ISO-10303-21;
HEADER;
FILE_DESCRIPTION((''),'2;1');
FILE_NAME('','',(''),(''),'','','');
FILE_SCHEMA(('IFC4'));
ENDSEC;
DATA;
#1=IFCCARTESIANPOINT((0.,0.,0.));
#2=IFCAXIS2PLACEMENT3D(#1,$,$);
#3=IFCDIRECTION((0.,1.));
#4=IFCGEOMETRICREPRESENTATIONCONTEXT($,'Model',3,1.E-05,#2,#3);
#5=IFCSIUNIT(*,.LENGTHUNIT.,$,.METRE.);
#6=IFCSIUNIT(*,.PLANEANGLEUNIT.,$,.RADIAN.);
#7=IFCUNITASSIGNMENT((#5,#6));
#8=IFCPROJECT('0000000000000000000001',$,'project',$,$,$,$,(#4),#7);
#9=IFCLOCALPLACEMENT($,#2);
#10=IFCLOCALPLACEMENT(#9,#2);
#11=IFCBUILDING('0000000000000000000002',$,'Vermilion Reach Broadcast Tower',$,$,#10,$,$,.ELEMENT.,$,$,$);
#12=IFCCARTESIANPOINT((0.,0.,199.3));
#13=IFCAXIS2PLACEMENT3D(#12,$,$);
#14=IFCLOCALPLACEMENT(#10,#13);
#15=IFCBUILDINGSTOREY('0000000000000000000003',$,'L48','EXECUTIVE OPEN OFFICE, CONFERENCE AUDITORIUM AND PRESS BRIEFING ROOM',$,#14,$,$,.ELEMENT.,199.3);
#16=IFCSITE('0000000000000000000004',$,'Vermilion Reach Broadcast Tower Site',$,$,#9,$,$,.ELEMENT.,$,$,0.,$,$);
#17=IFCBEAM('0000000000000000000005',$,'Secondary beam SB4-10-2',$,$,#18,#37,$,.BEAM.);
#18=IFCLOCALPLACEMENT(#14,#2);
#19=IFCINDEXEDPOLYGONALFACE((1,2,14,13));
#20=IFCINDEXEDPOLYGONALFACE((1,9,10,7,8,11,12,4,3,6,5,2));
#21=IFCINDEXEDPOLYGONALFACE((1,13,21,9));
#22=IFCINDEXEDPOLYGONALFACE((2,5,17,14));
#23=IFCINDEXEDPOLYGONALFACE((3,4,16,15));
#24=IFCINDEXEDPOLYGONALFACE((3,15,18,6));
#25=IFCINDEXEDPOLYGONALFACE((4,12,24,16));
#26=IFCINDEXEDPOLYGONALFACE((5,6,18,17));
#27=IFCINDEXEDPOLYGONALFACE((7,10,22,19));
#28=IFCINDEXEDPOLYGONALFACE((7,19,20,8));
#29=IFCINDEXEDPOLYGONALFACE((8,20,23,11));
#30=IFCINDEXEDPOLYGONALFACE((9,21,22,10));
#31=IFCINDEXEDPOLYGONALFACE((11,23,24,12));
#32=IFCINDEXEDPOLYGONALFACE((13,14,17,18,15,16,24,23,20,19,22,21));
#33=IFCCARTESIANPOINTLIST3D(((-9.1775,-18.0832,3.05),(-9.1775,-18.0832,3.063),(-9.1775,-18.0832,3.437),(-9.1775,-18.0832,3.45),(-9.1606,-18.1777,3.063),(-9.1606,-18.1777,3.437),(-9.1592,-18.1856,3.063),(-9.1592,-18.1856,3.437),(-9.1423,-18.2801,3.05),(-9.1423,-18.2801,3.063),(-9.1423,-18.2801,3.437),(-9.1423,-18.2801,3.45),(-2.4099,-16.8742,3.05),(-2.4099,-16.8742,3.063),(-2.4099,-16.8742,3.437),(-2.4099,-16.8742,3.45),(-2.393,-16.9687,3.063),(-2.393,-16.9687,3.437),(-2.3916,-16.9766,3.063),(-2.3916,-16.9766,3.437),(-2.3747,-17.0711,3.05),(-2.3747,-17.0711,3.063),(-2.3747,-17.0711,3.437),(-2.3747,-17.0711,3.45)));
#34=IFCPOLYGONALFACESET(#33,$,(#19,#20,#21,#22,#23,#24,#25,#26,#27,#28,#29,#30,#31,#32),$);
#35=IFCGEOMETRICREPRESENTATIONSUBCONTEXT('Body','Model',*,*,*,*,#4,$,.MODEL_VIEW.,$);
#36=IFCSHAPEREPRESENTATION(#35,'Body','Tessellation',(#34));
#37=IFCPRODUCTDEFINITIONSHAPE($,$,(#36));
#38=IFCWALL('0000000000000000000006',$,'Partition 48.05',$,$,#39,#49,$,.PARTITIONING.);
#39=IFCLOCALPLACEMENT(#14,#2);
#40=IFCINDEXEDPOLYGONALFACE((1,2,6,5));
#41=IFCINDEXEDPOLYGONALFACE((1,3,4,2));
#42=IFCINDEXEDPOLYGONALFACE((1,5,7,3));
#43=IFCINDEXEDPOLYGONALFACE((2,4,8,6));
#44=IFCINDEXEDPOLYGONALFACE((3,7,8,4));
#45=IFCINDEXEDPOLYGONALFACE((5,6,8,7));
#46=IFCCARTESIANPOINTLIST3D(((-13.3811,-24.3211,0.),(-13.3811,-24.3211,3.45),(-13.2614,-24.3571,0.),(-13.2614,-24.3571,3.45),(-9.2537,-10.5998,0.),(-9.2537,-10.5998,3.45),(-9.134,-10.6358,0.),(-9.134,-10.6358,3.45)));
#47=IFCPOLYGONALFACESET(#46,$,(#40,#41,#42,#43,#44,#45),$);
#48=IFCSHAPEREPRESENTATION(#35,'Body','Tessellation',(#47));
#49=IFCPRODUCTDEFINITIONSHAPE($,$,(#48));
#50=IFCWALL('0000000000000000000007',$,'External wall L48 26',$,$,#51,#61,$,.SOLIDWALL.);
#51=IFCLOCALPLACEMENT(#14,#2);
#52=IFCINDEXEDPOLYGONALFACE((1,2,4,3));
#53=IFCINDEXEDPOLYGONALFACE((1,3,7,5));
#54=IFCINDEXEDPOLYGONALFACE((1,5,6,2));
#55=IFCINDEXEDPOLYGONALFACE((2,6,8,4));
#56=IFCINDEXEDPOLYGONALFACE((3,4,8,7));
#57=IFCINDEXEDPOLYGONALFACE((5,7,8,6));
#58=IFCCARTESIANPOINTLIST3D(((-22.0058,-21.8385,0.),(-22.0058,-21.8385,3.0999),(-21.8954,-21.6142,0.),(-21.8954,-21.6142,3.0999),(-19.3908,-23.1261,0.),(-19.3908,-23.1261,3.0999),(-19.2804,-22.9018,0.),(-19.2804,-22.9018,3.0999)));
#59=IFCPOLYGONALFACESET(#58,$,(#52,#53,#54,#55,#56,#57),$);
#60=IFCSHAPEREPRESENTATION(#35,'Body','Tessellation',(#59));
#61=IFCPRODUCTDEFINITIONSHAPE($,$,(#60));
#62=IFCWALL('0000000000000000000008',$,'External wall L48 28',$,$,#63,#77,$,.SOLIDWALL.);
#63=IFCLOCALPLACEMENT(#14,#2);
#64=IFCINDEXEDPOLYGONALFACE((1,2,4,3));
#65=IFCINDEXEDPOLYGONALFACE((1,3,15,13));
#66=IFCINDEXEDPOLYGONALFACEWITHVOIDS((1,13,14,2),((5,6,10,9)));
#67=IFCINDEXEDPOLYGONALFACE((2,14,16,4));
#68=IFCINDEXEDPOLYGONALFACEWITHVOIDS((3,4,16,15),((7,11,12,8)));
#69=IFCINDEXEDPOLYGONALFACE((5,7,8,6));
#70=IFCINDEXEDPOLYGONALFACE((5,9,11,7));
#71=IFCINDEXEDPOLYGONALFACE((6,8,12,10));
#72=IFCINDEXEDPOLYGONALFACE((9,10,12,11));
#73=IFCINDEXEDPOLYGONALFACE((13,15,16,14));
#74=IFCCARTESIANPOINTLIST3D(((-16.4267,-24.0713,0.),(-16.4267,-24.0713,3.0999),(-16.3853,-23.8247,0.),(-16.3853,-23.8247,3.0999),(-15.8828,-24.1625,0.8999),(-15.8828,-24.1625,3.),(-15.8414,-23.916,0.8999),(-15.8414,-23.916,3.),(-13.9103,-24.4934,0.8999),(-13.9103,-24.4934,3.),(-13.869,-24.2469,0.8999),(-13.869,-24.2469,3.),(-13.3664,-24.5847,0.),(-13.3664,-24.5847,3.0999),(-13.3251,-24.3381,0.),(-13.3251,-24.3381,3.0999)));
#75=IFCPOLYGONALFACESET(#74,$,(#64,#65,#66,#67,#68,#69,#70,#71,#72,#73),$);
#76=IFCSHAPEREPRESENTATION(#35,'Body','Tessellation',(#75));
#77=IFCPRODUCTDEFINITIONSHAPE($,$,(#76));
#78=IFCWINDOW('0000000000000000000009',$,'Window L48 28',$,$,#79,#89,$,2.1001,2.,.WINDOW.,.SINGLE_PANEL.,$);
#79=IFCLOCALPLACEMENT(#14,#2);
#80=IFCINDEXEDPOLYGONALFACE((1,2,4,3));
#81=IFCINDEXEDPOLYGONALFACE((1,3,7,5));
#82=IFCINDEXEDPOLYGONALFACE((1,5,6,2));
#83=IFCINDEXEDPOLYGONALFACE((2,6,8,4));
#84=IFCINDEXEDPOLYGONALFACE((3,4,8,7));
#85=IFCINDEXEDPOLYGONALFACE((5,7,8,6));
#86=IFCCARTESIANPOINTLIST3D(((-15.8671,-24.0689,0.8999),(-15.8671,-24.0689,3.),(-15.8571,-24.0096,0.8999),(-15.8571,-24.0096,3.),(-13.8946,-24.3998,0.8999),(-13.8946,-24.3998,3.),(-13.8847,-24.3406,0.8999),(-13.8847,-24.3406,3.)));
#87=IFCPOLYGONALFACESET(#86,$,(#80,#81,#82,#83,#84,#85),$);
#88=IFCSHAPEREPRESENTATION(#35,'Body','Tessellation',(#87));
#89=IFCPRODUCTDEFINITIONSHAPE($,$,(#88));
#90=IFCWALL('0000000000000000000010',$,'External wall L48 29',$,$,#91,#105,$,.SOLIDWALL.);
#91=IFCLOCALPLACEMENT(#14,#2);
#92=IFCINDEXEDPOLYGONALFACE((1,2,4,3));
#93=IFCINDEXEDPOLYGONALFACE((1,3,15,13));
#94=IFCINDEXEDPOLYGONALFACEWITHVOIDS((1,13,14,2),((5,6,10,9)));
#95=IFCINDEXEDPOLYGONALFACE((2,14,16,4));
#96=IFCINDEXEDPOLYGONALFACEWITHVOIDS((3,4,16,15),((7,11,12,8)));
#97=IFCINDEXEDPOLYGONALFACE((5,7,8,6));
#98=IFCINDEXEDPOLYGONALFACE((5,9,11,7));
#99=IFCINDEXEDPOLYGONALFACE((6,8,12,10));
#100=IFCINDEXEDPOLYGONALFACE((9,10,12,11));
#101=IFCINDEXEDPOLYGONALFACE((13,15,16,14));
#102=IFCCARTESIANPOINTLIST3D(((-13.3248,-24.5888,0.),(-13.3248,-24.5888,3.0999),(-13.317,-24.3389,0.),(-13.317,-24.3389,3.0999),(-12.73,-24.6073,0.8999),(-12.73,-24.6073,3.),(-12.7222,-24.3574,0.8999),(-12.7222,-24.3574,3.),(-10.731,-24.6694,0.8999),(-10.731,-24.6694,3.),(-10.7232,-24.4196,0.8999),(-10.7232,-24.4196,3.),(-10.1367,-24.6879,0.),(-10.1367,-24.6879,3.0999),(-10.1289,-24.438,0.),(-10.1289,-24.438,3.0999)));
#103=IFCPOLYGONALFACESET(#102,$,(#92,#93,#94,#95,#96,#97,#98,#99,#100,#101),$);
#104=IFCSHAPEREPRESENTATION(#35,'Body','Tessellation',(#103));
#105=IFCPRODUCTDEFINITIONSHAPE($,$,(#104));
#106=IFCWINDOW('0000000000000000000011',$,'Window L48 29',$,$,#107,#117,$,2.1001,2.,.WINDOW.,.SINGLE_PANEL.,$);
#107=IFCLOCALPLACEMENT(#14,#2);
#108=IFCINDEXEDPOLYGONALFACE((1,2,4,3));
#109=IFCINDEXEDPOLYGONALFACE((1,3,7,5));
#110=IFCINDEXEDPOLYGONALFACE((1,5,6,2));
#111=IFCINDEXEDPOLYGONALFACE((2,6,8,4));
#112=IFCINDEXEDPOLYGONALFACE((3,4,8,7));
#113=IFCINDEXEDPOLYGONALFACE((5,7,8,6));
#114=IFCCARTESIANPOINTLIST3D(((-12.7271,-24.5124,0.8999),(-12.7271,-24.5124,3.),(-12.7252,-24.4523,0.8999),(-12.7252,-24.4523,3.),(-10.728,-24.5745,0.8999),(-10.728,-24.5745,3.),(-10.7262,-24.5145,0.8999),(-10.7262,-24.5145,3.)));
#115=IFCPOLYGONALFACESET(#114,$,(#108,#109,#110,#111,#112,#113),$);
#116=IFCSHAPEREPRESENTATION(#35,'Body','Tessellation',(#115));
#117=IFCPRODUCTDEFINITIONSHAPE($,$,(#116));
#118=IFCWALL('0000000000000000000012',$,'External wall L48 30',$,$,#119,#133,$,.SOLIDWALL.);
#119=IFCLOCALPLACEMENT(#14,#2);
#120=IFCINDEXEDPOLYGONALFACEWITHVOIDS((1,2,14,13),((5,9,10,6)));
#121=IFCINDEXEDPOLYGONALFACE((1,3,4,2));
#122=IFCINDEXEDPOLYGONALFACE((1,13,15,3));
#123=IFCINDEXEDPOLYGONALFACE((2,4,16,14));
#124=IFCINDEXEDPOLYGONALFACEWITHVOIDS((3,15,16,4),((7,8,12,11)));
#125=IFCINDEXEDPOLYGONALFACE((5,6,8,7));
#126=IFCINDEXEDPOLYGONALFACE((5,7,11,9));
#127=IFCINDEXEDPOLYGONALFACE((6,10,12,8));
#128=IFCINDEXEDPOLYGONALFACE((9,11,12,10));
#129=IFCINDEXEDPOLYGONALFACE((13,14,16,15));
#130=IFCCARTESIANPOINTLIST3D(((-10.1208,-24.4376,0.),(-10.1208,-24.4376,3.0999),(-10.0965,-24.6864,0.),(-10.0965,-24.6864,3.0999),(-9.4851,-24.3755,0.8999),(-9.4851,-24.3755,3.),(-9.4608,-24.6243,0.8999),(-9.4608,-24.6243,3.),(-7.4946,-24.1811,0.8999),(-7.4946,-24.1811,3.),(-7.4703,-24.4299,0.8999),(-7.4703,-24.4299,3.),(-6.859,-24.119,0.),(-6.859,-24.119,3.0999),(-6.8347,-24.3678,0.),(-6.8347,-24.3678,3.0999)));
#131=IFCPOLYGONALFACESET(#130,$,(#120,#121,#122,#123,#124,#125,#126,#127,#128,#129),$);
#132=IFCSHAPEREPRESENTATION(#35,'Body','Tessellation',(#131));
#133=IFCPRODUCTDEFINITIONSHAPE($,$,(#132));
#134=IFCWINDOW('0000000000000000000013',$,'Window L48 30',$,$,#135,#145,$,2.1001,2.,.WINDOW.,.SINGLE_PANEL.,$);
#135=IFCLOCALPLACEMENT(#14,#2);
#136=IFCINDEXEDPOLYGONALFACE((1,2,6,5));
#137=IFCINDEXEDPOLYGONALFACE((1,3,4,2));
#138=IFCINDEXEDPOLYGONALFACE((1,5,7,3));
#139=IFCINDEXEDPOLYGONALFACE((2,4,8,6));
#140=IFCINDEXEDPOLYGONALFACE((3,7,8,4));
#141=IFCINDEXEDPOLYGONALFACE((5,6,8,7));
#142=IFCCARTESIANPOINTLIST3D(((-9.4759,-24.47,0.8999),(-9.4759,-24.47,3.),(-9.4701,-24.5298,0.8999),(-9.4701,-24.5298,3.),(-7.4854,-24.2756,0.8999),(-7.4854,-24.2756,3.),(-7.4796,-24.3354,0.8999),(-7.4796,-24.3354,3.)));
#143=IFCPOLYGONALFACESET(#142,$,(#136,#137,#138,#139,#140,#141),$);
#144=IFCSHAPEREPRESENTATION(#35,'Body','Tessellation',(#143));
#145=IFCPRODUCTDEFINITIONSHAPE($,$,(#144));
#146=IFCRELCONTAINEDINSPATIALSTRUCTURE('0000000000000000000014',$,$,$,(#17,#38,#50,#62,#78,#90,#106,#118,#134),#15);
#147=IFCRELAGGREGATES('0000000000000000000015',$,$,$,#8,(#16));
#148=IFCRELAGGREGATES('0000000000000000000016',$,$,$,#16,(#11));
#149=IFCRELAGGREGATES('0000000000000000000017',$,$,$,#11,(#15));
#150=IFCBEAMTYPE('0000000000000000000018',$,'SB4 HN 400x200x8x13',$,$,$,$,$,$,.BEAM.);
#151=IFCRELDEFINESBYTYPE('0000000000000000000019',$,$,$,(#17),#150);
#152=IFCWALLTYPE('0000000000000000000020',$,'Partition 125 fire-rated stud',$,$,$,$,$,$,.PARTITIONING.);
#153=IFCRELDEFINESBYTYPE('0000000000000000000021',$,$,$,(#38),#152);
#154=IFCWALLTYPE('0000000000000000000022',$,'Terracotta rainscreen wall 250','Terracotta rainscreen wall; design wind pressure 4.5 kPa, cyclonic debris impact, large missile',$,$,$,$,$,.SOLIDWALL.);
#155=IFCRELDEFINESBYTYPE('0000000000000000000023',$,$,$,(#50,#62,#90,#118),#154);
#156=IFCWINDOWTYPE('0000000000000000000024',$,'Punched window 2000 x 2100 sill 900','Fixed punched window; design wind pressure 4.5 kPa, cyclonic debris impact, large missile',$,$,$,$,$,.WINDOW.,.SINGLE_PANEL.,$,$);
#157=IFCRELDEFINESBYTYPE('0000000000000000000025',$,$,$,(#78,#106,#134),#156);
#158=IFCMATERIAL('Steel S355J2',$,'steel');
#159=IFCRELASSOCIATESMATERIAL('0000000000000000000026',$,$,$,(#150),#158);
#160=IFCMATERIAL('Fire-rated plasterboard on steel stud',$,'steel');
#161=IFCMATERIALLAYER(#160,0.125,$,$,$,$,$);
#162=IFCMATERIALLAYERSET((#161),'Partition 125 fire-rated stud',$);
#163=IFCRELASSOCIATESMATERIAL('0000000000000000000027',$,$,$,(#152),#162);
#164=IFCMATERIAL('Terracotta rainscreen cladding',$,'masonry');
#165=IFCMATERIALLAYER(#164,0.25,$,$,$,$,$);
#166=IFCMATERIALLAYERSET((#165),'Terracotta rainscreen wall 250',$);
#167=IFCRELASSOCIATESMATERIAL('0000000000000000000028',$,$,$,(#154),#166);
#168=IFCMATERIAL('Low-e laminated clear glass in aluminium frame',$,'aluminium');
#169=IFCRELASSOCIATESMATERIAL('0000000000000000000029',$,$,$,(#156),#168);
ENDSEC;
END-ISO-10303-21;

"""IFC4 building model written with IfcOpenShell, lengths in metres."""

from ifc_helpers import new_model, si_unit, direction, frame, frame_2d, origin, origin_2d, place, context, subcontext, project, spatial, rectangle, i_section, extrude, material, layer, layer_set, material_profile, profile_set, type_object, element, fill, save


model = new_model("IFC4")

# Units and contexts
model_context = context("Model", 3, precision=1e-05, world=origin(), true_north=direction((0.0, 1.0)))
body_context = subcontext(model_context, "Body", "Model", "MODEL_VIEW")
ifc_project = project(units=[si_unit("LENGTHUNIT", "METRE"), si_unit("PLANEANGLEUNIT", "RADIAN")], contexts=[model_context])

# Site, building, storey
site_placement = place(None, origin())
site = spatial("IfcSite", under=ifc_project, at=site_placement, Name="Vermilion Reach Broadcast Tower Site", CompositionType="ELEMENT", RefElevation=0.0)
building_placement = place(site_placement, origin())
building = spatial("IfcBuilding", under=site, at=building_placement, Name="Vermilion Reach Broadcast Tower", CompositionType="ELEMENT")
storey_placement = place(building_placement, frame((0.0, 0.0, 199.3)))
storey = spatial("IfcBuildingStorey", under=building, at=storey_placement, Name="L48", Description="EXECUTIVE OPEN OFFICE, CONFERENCE AUDITORIUM AND PRESS BRIEFING ROOM", CompositionType="ELEMENT", Elevation=199.3)

# Beam
ifc_material_1 = material(Name="Steel S355J2", Category="steel")
ifc_material_profile_1 = material_profile(ifc_material_1, i_section(OverallWidth=0.2, OverallDepth=0.3999, WebThickness=0.0081, FlangeThickness=0.0129, at=origin_2d()), Name="S355J2 HN 400x200x8x13")
ifc_profile_set_1 = profile_set([ifc_material_profile_1], Name="Steel S355J2")
beam_type_1 = type_object("IfcBeamType", Name="SB4 HN 400x200x8x13", PredefinedType="BEAM", material=ifc_profile_set_1)
beam_1_placement = place(storey_placement, frame((-9.1599, -18.1816, 3.25), z_axis=(0.984415, 0.175859, 0.0), x_axis=(-0.175859, 0.984415, 0.0)))
element("IfcBeam", 1, at=beam_1_placement, inside=storey, type_object=beam_type_1, Name="Secondary beam SB4-10-2", PredefinedType="BEAM", context=body_context, shape_type="SweptSolid", body=[
    extrude(i_section(OverallWidth=0.2, OverallDepth=0.3999, WebThickness=0.0081, FlangeThickness=0.0129, at=origin_2d()), origin(), (0.0, 0.0, 1.0), 6.8748),
])

# Walls
ifc_material_2 = material(Name="Fire-rated plasterboard on steel stud", Category="steel")
ifc_layer_1 = layer(ifc_material_2, 0.125)
ifc_layer_set_1 = layer_set([ifc_layer_1], Name="Partition 125 fire-rated stud")
wall_type_1 = type_object("IfcWallType", Name="Partition 125 fire-rated stud", PredefinedType="PARTITIONING", material=ifc_layer_set_1)
wall_1_placement = place(storey_placement, frame((-13.3213, -24.3391, 0.0), z_axis=(0.0, 0.0, 1.0), x_axis=(0.288057, 0.957613, 0.0)))
element("IfcWall", 2, at=wall_1_placement, inside=storey, type_object=wall_type_1, Name="Partition 48.05", PredefinedType="PARTITIONING", context=body_context, shape_type="SweptSolid", body=[
    extrude(rectangle(XDim=14.3286, YDim=0.125, at=frame_2d((7.1643, 0.0))), origin(), (0.0, 0.0, 1.0), 3.45),
])
ifc_material_3 = material(Name="Terracotta rainscreen cladding", Category="masonry")
ifc_layer_2 = layer(ifc_material_3, 0.25)
ifc_layer_set_2 = layer_set([ifc_layer_2], Name="Terracotta rainscreen wall 250")
wall_type_2 = type_object("IfcWallType", Name="Terracotta rainscreen wall 250", Description="Terracotta rainscreen wall; design wind pressure 4.5 kPa, cyclonic debris impact, large missile", PredefinedType="SOLIDWALL", material=ifc_layer_set_2)
wall_2_placement = place(storey_placement, frame((-21.9507, -21.7263, 0.0), z_axis=(0.0, 0.0, 1.0), x_axis=(0.897141, -0.441744, 0.0)))
element("IfcWall", 3, at=wall_2_placement, inside=storey, type_object=wall_type_2, Name="External wall L48 26", PredefinedType="SOLIDWALL", context=body_context, shape_type="SweptSolid", body=[
    extrude(rectangle(XDim=2.9148, YDim=0.25, at=frame_2d((1.4575, 0.0))), origin(), (0.0, 0.0, 1.0), 3.0999),
])

# Walls, openings, windows
wall_3_placement = place(storey_placement, frame((-16.406, -23.948, 0.0), z_axis=(0.0, 0.0, 1.0), x_axis=(0.986217, -0.165458, 0.0)))
wall_3 = element("IfcWall", 4, at=wall_3_placement, inside=storey, type_object=wall_type_2, Name="External wall L48 28", PredefinedType="SOLIDWALL", context=body_context, shape_type="SweptSolid", body=[
    extrude(rectangle(XDim=3.103, YDim=0.25, at=frame_2d((1.5515, 0.0))), origin(), (0.0, 0.0, 1.0), 3.0999),
])
opening_1_placement = place(wall_3_placement, frame((0.5515, 0.0, 0.8999)))
opening_1 = element("IfcOpeningElement", 5, at=opening_1_placement, cuts=wall_3, PredefinedType="OPENING", context=body_context, shape_type="SweptSolid", body=[
    extrude(rectangle(XDim=2.0, YDim=2.1001, at=frame_2d((1.0, 1.05))), frame((0.0, 0.135, 0.0), z_axis=(0.0, -1.0, 0.0), x_axis=(1.0, 0.0, 0.0)), (0.0, 0.0, 1.0), 0.27),
])
ifc_material_4 = material(Name="Low-e laminated clear glass in aluminium frame", Category="aluminium")
window_type = type_object("IfcWindowType", Name="Punched window 2000 x 2100 sill 900", Description="Fixed punched window; design wind pressure 4.5 kPa, cyclonic debris impact, large missile", PartitioningType="SINGLE_PANEL", PredefinedType="WINDOW", material=ifc_material_4)
window_1_placement = place(opening_1_placement, origin())
window_1 = element("IfcWindow", 6, at=window_1_placement, inside=storey, type_object=window_type, Name="Window L48 28", OverallHeight=2.1001, OverallWidth=2.0, PartitioningType="SINGLE_PANEL", PredefinedType="WINDOW", context=body_context, shape_type="SweptSolid", body=[
    extrude(rectangle(XDim=2.0, YDim=2.1001, at=frame_2d((1.0, 1.05))), frame((0.0, 0.03, 0.0), z_axis=(0.0, -1.0, 0.0), x_axis=(1.0, 0.0, 0.0)), (0.0, 0.0, 1.0), 0.0601),
])
fill(opening_1, window_1)
wall_4_placement = place(storey_placement, frame((-13.3208, -24.4639, 0.0), z_axis=(0.0, 0.0, 1.0), x_axis=(0.999517, -0.031075, 0.0)))
wall_4 = element("IfcWall", 7, at=wall_4_placement, inside=storey, type_object=wall_type_2, Name="External wall L48 29", PredefinedType="SOLIDWALL", context=body_context, shape_type="SweptSolid", body=[
    extrude(rectangle(XDim=3.1897, YDim=0.25, at=frame_2d((1.5947, 0.0))), origin(), (0.0, 0.0, 1.0), 3.0999),
])
opening_2_placement = place(wall_4_placement, frame((0.595, 0.0, 0.8999)))
opening_2 = element("IfcOpeningElement", 8, at=opening_2_placement, cuts=wall_4, PredefinedType="OPENING", context=body_context, shape_type="SweptSolid", body=[
    extrude(rectangle(XDim=2.0, YDim=2.1001, at=frame_2d((1.0, 1.05))), frame((0.0, 0.135, 0.0), z_axis=(0.0, -1.0, 0.0), x_axis=(1.0, 0.0, 0.0)), (0.0, 0.0, 1.0), 0.27),
])
window_2_placement = place(opening_2_placement, origin())
window_2 = element("IfcWindow", 9, at=window_2_placement, inside=storey, type_object=window_type, Name="Window L48 29", OverallHeight=2.1001, OverallWidth=2.0, PartitioningType="SINGLE_PANEL", PredefinedType="WINDOW", context=body_context, shape_type="SweptSolid", body=[
    extrude(rectangle(XDim=2.0, YDim=2.1001, at=frame_2d((1.0, 1.05))), frame((0.0, 0.03, 0.0), z_axis=(0.0, -1.0, 0.0), x_axis=(1.0, 0.0, 0.0)), (0.0, 0.0, 1.0), 0.0601),
])
fill(opening_2, window_2)
wall_5_placement = place(storey_placement, frame((-10.1086, -24.562, 0.0), z_axis=(0.0, 0.0, 1.0), x_axis=(0.995263, 0.097217, 0.0)))
wall_5 = element("IfcWall", 10, at=wall_5_placement, inside=storey, type_object=wall_type_2, Name="External wall L48 30", PredefinedType="SOLIDWALL", context=body_context, shape_type="SweptSolid", body=[
    extrude(rectangle(XDim=3.2773, YDim=0.25, at=frame_2d((1.6387, 0.0))), origin(), (0.0, 0.0, 1.0), 3.0999),
])
opening_3_placement = place(wall_5_placement, frame((0.6387, 0.0, 0.8999)))
opening_3 = element("IfcOpeningElement", 11, at=opening_3_placement, cuts=wall_5, PredefinedType="OPENING", context=body_context, shape_type="SweptSolid", body=[
    extrude(rectangle(XDim=2.0, YDim=2.1001, at=frame_2d((1.0, 1.05))), frame((0.0, 0.135, 0.0), z_axis=(0.0, -1.0, 0.0), x_axis=(1.0, 0.0, 0.0)), (0.0, 0.0, 1.0), 0.27),
])
window_3_placement = place(opening_3_placement, origin())
window_3 = element("IfcWindow", 12, at=window_3_placement, inside=storey, type_object=window_type, Name="Window L48 30", OverallHeight=2.1001, OverallWidth=2.0, PartitioningType="SINGLE_PANEL", PredefinedType="WINDOW", context=body_context, shape_type="SweptSolid", body=[
    extrude(rectangle(XDim=2.0, YDim=2.1001, at=frame_2d((1.0, 1.05))), frame((0.0, 0.03, 0.0), z_axis=(0.0, -1.0, 0.0), x_axis=(1.0, 0.0, 0.0)), (0.0, 0.0, 1.0), 0.0601),
])
fill(opening_3, window_3)

save(model, "model.ifc")
